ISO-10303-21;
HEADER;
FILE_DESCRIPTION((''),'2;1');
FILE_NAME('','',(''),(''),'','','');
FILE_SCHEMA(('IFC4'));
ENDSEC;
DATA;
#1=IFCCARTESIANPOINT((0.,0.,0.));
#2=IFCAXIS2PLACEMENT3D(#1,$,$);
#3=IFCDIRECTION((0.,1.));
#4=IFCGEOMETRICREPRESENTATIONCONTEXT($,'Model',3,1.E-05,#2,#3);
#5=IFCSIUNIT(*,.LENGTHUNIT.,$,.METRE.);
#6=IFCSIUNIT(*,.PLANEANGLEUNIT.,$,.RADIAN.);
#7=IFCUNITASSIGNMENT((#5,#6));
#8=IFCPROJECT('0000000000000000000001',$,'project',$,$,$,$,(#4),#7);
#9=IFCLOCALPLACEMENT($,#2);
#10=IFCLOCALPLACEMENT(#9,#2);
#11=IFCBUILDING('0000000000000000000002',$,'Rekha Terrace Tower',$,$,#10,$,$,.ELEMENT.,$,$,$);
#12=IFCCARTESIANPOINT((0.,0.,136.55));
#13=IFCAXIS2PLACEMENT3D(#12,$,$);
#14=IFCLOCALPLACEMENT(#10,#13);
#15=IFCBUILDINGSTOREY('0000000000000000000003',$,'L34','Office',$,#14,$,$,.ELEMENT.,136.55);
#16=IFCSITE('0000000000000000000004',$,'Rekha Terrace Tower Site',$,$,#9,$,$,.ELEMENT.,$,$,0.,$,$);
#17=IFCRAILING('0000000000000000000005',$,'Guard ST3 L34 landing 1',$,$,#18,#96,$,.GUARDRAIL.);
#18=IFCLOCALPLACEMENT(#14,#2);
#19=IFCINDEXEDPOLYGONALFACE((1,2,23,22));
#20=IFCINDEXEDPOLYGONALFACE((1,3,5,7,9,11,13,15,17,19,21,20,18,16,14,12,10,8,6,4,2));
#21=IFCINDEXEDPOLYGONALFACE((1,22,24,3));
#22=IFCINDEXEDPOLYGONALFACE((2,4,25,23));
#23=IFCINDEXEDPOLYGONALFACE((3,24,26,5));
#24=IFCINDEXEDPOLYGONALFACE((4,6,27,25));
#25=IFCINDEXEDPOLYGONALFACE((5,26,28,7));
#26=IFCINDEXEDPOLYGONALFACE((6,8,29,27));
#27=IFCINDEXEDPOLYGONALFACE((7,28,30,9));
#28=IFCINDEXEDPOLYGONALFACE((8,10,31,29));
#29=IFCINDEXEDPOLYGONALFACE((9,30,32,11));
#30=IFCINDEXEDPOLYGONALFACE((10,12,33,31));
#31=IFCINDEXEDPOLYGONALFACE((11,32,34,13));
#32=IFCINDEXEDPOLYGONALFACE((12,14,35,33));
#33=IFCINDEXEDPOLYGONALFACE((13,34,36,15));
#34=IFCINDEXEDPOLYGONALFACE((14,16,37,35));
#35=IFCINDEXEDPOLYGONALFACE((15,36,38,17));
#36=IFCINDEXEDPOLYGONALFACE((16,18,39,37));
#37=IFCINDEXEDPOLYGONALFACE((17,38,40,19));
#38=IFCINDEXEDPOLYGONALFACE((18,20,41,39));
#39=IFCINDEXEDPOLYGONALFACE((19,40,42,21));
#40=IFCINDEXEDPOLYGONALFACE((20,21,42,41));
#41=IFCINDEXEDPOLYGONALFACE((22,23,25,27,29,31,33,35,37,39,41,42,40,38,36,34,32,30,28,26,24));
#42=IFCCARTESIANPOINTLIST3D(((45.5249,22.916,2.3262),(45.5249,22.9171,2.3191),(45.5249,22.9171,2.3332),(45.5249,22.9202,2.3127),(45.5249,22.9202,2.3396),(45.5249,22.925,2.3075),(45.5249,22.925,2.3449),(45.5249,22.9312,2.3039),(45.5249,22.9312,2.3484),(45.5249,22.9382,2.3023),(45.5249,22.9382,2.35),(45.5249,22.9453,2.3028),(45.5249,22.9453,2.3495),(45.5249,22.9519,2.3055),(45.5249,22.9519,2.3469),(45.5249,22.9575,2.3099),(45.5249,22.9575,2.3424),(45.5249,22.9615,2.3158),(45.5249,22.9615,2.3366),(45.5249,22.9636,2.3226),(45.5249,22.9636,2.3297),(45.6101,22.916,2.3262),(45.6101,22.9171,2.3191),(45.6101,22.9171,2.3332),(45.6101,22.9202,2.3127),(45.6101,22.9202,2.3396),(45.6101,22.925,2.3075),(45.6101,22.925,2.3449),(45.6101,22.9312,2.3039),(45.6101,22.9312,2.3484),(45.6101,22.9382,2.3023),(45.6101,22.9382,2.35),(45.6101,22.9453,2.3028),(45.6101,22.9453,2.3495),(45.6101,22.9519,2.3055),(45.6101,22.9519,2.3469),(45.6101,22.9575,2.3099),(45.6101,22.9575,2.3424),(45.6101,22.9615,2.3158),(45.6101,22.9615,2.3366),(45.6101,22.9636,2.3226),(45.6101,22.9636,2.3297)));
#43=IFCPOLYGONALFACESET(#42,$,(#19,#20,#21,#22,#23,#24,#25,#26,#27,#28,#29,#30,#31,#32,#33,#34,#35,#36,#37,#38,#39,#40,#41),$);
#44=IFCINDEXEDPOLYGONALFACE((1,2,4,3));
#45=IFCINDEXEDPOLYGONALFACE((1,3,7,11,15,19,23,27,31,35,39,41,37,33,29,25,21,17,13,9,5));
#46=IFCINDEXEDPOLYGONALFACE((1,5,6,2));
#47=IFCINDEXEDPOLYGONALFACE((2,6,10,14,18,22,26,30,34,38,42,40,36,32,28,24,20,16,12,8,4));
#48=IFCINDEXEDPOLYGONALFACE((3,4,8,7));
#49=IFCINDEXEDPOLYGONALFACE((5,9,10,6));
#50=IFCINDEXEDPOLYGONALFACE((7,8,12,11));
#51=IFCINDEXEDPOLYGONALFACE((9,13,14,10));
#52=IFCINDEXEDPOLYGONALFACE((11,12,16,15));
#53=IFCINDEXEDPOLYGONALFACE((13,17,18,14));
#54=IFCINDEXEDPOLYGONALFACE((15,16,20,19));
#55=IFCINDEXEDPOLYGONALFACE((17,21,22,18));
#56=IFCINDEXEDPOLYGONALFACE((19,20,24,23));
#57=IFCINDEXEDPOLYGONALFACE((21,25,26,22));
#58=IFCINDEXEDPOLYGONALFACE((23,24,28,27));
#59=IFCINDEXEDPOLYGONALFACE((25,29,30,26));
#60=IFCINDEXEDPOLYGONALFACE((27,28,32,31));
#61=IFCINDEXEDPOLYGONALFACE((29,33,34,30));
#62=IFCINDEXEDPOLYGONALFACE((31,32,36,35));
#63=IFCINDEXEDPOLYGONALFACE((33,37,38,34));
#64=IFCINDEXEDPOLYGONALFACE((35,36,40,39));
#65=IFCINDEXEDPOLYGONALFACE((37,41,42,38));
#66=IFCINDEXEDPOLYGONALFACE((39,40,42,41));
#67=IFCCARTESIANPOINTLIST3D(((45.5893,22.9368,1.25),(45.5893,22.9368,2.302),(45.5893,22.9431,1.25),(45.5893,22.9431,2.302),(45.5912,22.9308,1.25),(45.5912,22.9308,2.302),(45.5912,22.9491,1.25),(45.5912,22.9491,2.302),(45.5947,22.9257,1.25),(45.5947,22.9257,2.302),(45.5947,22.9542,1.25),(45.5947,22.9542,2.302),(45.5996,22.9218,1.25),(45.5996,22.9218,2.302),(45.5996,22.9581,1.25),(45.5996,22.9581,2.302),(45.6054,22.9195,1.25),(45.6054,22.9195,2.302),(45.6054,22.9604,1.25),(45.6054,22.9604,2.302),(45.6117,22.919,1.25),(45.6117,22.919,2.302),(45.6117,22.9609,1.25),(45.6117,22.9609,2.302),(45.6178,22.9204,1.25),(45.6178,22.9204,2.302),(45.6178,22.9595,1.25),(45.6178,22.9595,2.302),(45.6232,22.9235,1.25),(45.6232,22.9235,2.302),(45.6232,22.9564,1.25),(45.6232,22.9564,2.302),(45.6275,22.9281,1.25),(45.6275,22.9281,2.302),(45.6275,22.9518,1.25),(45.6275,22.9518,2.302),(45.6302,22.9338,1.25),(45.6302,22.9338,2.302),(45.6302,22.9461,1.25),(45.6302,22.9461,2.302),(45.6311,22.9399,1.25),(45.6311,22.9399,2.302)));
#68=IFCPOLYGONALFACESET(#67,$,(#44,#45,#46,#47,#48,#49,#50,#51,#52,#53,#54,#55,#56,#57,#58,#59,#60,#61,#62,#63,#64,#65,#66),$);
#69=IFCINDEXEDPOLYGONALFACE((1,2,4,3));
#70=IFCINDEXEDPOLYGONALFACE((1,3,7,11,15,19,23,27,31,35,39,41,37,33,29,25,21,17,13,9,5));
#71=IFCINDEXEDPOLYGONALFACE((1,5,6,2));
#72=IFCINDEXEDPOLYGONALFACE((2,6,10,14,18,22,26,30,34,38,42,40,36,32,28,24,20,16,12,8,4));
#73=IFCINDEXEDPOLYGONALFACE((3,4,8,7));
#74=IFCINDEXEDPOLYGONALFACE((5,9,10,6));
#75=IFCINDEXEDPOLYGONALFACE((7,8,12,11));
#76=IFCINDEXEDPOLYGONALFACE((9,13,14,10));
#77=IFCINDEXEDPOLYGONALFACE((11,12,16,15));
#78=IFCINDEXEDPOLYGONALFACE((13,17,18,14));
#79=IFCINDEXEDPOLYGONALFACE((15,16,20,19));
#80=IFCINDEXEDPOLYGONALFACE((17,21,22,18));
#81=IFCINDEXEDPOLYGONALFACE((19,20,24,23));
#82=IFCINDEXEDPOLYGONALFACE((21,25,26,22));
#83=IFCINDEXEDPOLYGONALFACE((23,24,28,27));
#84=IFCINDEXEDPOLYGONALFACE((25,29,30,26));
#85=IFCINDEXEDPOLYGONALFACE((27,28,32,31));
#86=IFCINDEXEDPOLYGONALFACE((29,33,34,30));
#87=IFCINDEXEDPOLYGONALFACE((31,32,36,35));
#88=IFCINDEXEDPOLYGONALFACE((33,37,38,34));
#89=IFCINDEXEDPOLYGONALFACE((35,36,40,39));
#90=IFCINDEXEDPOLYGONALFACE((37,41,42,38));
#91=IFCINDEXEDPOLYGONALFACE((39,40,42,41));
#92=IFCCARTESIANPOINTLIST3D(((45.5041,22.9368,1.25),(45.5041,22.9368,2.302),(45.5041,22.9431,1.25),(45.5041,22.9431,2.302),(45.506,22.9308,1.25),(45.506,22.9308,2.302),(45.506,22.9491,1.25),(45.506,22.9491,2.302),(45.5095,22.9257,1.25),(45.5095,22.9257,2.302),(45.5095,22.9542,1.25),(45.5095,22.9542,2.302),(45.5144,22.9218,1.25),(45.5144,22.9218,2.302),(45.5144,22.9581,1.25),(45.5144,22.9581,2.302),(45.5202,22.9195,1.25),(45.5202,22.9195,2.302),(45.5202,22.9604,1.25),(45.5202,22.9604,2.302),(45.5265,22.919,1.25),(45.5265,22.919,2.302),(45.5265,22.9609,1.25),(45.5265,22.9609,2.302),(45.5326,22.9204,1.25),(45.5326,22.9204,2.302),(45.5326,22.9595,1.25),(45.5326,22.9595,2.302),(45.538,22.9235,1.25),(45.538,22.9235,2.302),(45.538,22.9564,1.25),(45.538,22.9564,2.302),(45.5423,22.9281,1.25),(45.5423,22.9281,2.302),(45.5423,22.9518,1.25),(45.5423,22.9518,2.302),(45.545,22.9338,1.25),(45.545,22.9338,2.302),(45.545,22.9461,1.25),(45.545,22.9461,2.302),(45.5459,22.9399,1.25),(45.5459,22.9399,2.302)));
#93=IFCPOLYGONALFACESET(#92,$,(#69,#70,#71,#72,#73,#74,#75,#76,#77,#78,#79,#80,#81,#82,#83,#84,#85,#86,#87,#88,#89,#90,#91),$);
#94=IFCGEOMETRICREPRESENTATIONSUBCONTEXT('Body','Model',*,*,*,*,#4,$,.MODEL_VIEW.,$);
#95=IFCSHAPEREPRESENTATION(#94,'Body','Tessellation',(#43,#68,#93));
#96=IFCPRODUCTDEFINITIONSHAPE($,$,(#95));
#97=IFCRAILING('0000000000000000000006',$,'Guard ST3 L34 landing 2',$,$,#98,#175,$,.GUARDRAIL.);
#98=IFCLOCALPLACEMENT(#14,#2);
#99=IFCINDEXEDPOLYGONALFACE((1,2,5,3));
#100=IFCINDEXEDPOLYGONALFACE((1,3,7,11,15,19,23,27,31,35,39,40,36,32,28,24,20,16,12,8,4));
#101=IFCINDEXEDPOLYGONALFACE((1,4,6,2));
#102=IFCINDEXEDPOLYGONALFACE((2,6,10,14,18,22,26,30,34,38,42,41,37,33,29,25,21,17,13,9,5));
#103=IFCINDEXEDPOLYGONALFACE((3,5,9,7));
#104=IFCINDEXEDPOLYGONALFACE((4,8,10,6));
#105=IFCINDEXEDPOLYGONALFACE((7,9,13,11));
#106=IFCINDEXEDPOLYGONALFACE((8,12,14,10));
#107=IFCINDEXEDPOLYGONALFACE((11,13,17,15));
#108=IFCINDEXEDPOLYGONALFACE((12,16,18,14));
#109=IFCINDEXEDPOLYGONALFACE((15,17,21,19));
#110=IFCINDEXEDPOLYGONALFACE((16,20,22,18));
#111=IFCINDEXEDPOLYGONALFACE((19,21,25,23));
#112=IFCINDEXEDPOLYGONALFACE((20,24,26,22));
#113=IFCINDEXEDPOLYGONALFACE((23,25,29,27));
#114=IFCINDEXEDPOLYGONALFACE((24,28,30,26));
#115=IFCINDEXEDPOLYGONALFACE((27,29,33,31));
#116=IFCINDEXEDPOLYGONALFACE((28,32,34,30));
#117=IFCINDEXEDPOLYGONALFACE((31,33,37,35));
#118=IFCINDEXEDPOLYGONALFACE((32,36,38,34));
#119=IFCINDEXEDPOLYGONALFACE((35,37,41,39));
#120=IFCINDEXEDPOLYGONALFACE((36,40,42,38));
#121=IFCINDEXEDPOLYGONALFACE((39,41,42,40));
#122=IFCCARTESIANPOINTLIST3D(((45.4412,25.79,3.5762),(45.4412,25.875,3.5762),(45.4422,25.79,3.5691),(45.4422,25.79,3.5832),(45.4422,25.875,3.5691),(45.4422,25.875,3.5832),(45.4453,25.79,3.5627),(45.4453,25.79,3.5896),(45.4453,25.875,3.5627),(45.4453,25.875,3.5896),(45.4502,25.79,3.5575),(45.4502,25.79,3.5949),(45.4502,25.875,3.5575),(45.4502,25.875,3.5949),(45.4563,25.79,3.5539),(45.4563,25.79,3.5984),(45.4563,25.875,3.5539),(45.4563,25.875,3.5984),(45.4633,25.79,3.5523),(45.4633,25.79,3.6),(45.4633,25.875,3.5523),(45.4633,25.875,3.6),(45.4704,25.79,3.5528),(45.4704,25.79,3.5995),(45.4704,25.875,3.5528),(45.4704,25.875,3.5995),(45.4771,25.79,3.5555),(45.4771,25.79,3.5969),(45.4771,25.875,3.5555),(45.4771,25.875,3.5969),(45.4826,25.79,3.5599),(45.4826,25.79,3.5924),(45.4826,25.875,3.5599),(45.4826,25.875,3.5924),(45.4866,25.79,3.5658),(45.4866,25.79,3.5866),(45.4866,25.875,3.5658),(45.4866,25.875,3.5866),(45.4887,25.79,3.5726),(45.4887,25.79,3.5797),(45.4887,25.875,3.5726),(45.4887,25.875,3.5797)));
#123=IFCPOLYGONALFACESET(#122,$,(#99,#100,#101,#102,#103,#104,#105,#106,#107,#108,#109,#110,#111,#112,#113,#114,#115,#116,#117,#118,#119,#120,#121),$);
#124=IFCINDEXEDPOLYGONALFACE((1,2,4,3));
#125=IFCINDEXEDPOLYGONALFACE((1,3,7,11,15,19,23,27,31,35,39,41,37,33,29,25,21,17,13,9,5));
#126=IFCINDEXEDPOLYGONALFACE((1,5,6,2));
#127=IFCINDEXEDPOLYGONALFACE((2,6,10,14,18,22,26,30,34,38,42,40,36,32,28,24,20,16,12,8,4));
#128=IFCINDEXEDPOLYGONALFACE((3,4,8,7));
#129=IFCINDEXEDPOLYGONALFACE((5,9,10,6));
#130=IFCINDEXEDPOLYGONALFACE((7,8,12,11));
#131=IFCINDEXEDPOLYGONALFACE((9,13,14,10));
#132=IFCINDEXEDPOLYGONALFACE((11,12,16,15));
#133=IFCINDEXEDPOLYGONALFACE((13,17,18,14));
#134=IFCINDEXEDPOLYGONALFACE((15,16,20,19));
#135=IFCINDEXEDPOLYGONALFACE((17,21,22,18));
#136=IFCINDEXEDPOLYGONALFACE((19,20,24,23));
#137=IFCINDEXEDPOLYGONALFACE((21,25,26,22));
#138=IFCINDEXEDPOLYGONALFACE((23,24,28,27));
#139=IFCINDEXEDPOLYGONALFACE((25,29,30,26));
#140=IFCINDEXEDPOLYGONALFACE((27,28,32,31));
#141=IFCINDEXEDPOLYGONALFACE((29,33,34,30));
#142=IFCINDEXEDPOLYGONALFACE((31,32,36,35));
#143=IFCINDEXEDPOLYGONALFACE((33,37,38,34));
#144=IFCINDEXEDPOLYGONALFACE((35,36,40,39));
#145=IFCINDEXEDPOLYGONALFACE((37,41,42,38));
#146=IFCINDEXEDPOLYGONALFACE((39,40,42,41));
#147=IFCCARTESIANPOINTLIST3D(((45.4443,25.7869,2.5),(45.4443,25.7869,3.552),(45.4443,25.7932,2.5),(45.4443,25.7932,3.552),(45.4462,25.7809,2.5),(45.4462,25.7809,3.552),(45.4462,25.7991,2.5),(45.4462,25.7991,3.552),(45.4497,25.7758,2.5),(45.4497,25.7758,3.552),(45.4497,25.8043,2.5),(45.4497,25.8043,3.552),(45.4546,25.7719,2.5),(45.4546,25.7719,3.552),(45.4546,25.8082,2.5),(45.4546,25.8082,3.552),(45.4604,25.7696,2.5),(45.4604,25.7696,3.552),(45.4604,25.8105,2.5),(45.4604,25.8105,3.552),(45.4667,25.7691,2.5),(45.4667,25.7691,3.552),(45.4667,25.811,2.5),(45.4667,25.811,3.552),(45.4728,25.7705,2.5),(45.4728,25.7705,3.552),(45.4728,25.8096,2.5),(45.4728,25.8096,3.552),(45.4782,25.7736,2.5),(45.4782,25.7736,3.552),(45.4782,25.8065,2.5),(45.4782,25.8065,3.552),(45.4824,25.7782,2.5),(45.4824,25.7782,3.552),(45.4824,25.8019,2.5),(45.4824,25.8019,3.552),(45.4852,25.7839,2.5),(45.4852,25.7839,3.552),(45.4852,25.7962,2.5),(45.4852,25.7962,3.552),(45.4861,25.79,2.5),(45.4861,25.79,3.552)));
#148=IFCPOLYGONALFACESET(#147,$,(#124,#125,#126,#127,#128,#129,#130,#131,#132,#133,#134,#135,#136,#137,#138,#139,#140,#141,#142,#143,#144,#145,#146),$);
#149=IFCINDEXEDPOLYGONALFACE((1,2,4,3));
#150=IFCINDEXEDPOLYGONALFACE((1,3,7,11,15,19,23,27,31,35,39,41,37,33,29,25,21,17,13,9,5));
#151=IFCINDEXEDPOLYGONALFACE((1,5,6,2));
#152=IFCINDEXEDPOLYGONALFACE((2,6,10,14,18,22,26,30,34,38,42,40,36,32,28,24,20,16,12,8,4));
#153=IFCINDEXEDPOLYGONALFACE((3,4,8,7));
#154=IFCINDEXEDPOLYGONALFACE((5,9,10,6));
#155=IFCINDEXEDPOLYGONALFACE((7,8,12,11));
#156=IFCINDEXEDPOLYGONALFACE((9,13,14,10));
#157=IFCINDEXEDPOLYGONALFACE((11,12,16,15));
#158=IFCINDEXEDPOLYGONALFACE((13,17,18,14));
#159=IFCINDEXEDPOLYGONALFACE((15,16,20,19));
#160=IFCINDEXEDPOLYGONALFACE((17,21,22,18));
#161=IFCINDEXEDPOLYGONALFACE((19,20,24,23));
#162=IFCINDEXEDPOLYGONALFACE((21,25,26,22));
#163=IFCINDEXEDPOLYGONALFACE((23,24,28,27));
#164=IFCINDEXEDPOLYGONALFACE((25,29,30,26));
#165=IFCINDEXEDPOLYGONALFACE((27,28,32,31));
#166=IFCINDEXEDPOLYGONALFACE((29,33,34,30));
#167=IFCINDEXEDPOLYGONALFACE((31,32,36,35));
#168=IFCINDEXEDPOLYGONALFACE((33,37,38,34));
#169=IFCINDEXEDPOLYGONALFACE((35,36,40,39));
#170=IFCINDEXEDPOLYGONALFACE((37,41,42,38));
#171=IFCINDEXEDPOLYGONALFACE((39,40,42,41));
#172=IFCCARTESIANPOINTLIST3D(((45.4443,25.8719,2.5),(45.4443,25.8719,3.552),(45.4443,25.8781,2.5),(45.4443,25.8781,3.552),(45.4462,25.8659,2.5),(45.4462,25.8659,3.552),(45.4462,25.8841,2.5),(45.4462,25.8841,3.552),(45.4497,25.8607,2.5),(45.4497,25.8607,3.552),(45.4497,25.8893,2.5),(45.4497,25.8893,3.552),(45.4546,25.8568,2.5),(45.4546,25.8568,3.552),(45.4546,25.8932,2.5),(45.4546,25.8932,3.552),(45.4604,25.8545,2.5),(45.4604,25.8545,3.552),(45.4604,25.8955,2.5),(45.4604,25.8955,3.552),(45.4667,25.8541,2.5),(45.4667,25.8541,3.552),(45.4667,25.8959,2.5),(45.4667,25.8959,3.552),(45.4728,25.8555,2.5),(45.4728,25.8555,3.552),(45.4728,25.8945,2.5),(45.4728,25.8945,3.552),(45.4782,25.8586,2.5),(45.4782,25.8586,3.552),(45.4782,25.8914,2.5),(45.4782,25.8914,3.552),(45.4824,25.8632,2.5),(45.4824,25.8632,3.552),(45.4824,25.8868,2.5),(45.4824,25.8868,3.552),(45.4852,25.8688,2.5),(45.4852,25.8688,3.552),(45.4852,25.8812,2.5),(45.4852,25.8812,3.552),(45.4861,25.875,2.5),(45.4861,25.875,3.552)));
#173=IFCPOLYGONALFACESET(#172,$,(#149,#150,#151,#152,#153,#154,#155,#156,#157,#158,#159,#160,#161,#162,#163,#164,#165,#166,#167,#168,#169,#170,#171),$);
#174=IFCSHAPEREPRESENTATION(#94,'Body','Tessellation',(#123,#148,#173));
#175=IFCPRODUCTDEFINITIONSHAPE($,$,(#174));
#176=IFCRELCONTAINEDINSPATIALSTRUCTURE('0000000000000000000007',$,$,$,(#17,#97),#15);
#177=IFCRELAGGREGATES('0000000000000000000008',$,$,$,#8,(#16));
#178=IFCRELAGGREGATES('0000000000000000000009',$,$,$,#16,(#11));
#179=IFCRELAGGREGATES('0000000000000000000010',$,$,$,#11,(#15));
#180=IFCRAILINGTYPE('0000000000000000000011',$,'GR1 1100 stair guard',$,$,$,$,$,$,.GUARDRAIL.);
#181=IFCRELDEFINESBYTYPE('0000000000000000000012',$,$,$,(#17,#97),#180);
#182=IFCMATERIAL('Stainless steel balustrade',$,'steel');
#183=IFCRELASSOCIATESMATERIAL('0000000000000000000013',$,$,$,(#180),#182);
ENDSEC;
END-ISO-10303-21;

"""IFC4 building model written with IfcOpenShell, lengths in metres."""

from ifc_helpers import new_model, si_unit, direction, frame, origin, origin_2d, place, context, subcontext, project, spatial, circle, extrude, material, type_object, element, save


model = new_model("IFC4")

# Units and contexts
model_context = context("Model", 3, precision=1e-05, world=origin(), true_north=direction((0.0, 1.0)))
body_context = subcontext(model_context, "Body", "Model", "MODEL_VIEW")
ifc_project = project(units=[si_unit("LENGTHUNIT", "METRE"), si_unit("PLANEANGLEUNIT", "RADIAN")], contexts=[model_context])

# Site, building, storey
site_placement = place(None, origin())
site = spatial("IfcSite", under=ifc_project, at=site_placement, Name="Rekha Terrace Tower Site", CompositionType="ELEMENT", RefElevation=0.0)
building_placement = place(site_placement, origin())
building = spatial("IfcBuilding", under=site, at=building_placement, Name="Rekha Terrace Tower", CompositionType="ELEMENT")
storey_placement = place(building_placement, frame((0.0, 0.0, 136.55)))
storey = spatial("IfcBuildingStorey", under=building, at=storey_placement, Name="L34", Description="Office", CompositionType="ELEMENT", Elevation=136.55)

# Railings
ifc_material_1 = material(Name="Stainless steel balustrade", Category="steel")
railing_type_1 = type_object("IfcRailingType", Name="GR1 1100 stair guard", PredefinedType="GUARDRAIL", material=ifc_material_1)
railing_1_placement = place(storey_placement, frame((45.6101, 22.9399, 1.25)))
element("IfcRailing", 1, at=railing_1_placement, inside=storey, type_object=railing_type_1, Name="Guard ST3 L34 landing 1", PredefinedType="GUARDRAIL", context=body_context, shape_type="SweptSolid", body=[
    extrude(circle(Radius=0.0239, at=origin_2d()), frame((0.0, 0.0, 1.0762), z_axis=(-1.0, 0.0, 0.0), x_axis=(0.0, -1.0, 0.0)), (0.0, 0.0, 1.0), 0.0852),
    extrude(circle(Radius=0.021, at=origin_2d()), origin(), (0.0, 0.0, 1.0), 1.052),
    extrude(circle(Radius=0.021, at=origin_2d()), frame((-0.0852, 0.0, 0.0)), (0.0, 0.0, 1.0), 1.052),
])
railing_2_placement = place(storey_placement, frame((45.4651, 25.79, 2.5)))
element("IfcRailing", 2, at=railing_2_placement, inside=storey, type_object=railing_type_1, Name="Guard ST3 L34 landing 2", PredefinedType="GUARDRAIL", context=body_context, shape_type="SweptSolid", body=[
    extrude(circle(Radius=0.0239, at=origin_2d()), frame((0.0, 0.0, 1.0762), z_axis=(0.0, 1.0, 0.0), x_axis=(-1.0, 0.0, 0.0)), (0.0, 0.0, 1.0), 0.085),
    extrude(circle(Radius=0.021, at=origin_2d()), origin(), (0.0, 0.0, 1.0), 1.052),
    extrude(circle(Radius=0.021, at=origin_2d()), frame((0.0, 0.085, 0.0)), (0.0, 0.0, 1.0), 1.052),
])

save(model, "model.ifc")
